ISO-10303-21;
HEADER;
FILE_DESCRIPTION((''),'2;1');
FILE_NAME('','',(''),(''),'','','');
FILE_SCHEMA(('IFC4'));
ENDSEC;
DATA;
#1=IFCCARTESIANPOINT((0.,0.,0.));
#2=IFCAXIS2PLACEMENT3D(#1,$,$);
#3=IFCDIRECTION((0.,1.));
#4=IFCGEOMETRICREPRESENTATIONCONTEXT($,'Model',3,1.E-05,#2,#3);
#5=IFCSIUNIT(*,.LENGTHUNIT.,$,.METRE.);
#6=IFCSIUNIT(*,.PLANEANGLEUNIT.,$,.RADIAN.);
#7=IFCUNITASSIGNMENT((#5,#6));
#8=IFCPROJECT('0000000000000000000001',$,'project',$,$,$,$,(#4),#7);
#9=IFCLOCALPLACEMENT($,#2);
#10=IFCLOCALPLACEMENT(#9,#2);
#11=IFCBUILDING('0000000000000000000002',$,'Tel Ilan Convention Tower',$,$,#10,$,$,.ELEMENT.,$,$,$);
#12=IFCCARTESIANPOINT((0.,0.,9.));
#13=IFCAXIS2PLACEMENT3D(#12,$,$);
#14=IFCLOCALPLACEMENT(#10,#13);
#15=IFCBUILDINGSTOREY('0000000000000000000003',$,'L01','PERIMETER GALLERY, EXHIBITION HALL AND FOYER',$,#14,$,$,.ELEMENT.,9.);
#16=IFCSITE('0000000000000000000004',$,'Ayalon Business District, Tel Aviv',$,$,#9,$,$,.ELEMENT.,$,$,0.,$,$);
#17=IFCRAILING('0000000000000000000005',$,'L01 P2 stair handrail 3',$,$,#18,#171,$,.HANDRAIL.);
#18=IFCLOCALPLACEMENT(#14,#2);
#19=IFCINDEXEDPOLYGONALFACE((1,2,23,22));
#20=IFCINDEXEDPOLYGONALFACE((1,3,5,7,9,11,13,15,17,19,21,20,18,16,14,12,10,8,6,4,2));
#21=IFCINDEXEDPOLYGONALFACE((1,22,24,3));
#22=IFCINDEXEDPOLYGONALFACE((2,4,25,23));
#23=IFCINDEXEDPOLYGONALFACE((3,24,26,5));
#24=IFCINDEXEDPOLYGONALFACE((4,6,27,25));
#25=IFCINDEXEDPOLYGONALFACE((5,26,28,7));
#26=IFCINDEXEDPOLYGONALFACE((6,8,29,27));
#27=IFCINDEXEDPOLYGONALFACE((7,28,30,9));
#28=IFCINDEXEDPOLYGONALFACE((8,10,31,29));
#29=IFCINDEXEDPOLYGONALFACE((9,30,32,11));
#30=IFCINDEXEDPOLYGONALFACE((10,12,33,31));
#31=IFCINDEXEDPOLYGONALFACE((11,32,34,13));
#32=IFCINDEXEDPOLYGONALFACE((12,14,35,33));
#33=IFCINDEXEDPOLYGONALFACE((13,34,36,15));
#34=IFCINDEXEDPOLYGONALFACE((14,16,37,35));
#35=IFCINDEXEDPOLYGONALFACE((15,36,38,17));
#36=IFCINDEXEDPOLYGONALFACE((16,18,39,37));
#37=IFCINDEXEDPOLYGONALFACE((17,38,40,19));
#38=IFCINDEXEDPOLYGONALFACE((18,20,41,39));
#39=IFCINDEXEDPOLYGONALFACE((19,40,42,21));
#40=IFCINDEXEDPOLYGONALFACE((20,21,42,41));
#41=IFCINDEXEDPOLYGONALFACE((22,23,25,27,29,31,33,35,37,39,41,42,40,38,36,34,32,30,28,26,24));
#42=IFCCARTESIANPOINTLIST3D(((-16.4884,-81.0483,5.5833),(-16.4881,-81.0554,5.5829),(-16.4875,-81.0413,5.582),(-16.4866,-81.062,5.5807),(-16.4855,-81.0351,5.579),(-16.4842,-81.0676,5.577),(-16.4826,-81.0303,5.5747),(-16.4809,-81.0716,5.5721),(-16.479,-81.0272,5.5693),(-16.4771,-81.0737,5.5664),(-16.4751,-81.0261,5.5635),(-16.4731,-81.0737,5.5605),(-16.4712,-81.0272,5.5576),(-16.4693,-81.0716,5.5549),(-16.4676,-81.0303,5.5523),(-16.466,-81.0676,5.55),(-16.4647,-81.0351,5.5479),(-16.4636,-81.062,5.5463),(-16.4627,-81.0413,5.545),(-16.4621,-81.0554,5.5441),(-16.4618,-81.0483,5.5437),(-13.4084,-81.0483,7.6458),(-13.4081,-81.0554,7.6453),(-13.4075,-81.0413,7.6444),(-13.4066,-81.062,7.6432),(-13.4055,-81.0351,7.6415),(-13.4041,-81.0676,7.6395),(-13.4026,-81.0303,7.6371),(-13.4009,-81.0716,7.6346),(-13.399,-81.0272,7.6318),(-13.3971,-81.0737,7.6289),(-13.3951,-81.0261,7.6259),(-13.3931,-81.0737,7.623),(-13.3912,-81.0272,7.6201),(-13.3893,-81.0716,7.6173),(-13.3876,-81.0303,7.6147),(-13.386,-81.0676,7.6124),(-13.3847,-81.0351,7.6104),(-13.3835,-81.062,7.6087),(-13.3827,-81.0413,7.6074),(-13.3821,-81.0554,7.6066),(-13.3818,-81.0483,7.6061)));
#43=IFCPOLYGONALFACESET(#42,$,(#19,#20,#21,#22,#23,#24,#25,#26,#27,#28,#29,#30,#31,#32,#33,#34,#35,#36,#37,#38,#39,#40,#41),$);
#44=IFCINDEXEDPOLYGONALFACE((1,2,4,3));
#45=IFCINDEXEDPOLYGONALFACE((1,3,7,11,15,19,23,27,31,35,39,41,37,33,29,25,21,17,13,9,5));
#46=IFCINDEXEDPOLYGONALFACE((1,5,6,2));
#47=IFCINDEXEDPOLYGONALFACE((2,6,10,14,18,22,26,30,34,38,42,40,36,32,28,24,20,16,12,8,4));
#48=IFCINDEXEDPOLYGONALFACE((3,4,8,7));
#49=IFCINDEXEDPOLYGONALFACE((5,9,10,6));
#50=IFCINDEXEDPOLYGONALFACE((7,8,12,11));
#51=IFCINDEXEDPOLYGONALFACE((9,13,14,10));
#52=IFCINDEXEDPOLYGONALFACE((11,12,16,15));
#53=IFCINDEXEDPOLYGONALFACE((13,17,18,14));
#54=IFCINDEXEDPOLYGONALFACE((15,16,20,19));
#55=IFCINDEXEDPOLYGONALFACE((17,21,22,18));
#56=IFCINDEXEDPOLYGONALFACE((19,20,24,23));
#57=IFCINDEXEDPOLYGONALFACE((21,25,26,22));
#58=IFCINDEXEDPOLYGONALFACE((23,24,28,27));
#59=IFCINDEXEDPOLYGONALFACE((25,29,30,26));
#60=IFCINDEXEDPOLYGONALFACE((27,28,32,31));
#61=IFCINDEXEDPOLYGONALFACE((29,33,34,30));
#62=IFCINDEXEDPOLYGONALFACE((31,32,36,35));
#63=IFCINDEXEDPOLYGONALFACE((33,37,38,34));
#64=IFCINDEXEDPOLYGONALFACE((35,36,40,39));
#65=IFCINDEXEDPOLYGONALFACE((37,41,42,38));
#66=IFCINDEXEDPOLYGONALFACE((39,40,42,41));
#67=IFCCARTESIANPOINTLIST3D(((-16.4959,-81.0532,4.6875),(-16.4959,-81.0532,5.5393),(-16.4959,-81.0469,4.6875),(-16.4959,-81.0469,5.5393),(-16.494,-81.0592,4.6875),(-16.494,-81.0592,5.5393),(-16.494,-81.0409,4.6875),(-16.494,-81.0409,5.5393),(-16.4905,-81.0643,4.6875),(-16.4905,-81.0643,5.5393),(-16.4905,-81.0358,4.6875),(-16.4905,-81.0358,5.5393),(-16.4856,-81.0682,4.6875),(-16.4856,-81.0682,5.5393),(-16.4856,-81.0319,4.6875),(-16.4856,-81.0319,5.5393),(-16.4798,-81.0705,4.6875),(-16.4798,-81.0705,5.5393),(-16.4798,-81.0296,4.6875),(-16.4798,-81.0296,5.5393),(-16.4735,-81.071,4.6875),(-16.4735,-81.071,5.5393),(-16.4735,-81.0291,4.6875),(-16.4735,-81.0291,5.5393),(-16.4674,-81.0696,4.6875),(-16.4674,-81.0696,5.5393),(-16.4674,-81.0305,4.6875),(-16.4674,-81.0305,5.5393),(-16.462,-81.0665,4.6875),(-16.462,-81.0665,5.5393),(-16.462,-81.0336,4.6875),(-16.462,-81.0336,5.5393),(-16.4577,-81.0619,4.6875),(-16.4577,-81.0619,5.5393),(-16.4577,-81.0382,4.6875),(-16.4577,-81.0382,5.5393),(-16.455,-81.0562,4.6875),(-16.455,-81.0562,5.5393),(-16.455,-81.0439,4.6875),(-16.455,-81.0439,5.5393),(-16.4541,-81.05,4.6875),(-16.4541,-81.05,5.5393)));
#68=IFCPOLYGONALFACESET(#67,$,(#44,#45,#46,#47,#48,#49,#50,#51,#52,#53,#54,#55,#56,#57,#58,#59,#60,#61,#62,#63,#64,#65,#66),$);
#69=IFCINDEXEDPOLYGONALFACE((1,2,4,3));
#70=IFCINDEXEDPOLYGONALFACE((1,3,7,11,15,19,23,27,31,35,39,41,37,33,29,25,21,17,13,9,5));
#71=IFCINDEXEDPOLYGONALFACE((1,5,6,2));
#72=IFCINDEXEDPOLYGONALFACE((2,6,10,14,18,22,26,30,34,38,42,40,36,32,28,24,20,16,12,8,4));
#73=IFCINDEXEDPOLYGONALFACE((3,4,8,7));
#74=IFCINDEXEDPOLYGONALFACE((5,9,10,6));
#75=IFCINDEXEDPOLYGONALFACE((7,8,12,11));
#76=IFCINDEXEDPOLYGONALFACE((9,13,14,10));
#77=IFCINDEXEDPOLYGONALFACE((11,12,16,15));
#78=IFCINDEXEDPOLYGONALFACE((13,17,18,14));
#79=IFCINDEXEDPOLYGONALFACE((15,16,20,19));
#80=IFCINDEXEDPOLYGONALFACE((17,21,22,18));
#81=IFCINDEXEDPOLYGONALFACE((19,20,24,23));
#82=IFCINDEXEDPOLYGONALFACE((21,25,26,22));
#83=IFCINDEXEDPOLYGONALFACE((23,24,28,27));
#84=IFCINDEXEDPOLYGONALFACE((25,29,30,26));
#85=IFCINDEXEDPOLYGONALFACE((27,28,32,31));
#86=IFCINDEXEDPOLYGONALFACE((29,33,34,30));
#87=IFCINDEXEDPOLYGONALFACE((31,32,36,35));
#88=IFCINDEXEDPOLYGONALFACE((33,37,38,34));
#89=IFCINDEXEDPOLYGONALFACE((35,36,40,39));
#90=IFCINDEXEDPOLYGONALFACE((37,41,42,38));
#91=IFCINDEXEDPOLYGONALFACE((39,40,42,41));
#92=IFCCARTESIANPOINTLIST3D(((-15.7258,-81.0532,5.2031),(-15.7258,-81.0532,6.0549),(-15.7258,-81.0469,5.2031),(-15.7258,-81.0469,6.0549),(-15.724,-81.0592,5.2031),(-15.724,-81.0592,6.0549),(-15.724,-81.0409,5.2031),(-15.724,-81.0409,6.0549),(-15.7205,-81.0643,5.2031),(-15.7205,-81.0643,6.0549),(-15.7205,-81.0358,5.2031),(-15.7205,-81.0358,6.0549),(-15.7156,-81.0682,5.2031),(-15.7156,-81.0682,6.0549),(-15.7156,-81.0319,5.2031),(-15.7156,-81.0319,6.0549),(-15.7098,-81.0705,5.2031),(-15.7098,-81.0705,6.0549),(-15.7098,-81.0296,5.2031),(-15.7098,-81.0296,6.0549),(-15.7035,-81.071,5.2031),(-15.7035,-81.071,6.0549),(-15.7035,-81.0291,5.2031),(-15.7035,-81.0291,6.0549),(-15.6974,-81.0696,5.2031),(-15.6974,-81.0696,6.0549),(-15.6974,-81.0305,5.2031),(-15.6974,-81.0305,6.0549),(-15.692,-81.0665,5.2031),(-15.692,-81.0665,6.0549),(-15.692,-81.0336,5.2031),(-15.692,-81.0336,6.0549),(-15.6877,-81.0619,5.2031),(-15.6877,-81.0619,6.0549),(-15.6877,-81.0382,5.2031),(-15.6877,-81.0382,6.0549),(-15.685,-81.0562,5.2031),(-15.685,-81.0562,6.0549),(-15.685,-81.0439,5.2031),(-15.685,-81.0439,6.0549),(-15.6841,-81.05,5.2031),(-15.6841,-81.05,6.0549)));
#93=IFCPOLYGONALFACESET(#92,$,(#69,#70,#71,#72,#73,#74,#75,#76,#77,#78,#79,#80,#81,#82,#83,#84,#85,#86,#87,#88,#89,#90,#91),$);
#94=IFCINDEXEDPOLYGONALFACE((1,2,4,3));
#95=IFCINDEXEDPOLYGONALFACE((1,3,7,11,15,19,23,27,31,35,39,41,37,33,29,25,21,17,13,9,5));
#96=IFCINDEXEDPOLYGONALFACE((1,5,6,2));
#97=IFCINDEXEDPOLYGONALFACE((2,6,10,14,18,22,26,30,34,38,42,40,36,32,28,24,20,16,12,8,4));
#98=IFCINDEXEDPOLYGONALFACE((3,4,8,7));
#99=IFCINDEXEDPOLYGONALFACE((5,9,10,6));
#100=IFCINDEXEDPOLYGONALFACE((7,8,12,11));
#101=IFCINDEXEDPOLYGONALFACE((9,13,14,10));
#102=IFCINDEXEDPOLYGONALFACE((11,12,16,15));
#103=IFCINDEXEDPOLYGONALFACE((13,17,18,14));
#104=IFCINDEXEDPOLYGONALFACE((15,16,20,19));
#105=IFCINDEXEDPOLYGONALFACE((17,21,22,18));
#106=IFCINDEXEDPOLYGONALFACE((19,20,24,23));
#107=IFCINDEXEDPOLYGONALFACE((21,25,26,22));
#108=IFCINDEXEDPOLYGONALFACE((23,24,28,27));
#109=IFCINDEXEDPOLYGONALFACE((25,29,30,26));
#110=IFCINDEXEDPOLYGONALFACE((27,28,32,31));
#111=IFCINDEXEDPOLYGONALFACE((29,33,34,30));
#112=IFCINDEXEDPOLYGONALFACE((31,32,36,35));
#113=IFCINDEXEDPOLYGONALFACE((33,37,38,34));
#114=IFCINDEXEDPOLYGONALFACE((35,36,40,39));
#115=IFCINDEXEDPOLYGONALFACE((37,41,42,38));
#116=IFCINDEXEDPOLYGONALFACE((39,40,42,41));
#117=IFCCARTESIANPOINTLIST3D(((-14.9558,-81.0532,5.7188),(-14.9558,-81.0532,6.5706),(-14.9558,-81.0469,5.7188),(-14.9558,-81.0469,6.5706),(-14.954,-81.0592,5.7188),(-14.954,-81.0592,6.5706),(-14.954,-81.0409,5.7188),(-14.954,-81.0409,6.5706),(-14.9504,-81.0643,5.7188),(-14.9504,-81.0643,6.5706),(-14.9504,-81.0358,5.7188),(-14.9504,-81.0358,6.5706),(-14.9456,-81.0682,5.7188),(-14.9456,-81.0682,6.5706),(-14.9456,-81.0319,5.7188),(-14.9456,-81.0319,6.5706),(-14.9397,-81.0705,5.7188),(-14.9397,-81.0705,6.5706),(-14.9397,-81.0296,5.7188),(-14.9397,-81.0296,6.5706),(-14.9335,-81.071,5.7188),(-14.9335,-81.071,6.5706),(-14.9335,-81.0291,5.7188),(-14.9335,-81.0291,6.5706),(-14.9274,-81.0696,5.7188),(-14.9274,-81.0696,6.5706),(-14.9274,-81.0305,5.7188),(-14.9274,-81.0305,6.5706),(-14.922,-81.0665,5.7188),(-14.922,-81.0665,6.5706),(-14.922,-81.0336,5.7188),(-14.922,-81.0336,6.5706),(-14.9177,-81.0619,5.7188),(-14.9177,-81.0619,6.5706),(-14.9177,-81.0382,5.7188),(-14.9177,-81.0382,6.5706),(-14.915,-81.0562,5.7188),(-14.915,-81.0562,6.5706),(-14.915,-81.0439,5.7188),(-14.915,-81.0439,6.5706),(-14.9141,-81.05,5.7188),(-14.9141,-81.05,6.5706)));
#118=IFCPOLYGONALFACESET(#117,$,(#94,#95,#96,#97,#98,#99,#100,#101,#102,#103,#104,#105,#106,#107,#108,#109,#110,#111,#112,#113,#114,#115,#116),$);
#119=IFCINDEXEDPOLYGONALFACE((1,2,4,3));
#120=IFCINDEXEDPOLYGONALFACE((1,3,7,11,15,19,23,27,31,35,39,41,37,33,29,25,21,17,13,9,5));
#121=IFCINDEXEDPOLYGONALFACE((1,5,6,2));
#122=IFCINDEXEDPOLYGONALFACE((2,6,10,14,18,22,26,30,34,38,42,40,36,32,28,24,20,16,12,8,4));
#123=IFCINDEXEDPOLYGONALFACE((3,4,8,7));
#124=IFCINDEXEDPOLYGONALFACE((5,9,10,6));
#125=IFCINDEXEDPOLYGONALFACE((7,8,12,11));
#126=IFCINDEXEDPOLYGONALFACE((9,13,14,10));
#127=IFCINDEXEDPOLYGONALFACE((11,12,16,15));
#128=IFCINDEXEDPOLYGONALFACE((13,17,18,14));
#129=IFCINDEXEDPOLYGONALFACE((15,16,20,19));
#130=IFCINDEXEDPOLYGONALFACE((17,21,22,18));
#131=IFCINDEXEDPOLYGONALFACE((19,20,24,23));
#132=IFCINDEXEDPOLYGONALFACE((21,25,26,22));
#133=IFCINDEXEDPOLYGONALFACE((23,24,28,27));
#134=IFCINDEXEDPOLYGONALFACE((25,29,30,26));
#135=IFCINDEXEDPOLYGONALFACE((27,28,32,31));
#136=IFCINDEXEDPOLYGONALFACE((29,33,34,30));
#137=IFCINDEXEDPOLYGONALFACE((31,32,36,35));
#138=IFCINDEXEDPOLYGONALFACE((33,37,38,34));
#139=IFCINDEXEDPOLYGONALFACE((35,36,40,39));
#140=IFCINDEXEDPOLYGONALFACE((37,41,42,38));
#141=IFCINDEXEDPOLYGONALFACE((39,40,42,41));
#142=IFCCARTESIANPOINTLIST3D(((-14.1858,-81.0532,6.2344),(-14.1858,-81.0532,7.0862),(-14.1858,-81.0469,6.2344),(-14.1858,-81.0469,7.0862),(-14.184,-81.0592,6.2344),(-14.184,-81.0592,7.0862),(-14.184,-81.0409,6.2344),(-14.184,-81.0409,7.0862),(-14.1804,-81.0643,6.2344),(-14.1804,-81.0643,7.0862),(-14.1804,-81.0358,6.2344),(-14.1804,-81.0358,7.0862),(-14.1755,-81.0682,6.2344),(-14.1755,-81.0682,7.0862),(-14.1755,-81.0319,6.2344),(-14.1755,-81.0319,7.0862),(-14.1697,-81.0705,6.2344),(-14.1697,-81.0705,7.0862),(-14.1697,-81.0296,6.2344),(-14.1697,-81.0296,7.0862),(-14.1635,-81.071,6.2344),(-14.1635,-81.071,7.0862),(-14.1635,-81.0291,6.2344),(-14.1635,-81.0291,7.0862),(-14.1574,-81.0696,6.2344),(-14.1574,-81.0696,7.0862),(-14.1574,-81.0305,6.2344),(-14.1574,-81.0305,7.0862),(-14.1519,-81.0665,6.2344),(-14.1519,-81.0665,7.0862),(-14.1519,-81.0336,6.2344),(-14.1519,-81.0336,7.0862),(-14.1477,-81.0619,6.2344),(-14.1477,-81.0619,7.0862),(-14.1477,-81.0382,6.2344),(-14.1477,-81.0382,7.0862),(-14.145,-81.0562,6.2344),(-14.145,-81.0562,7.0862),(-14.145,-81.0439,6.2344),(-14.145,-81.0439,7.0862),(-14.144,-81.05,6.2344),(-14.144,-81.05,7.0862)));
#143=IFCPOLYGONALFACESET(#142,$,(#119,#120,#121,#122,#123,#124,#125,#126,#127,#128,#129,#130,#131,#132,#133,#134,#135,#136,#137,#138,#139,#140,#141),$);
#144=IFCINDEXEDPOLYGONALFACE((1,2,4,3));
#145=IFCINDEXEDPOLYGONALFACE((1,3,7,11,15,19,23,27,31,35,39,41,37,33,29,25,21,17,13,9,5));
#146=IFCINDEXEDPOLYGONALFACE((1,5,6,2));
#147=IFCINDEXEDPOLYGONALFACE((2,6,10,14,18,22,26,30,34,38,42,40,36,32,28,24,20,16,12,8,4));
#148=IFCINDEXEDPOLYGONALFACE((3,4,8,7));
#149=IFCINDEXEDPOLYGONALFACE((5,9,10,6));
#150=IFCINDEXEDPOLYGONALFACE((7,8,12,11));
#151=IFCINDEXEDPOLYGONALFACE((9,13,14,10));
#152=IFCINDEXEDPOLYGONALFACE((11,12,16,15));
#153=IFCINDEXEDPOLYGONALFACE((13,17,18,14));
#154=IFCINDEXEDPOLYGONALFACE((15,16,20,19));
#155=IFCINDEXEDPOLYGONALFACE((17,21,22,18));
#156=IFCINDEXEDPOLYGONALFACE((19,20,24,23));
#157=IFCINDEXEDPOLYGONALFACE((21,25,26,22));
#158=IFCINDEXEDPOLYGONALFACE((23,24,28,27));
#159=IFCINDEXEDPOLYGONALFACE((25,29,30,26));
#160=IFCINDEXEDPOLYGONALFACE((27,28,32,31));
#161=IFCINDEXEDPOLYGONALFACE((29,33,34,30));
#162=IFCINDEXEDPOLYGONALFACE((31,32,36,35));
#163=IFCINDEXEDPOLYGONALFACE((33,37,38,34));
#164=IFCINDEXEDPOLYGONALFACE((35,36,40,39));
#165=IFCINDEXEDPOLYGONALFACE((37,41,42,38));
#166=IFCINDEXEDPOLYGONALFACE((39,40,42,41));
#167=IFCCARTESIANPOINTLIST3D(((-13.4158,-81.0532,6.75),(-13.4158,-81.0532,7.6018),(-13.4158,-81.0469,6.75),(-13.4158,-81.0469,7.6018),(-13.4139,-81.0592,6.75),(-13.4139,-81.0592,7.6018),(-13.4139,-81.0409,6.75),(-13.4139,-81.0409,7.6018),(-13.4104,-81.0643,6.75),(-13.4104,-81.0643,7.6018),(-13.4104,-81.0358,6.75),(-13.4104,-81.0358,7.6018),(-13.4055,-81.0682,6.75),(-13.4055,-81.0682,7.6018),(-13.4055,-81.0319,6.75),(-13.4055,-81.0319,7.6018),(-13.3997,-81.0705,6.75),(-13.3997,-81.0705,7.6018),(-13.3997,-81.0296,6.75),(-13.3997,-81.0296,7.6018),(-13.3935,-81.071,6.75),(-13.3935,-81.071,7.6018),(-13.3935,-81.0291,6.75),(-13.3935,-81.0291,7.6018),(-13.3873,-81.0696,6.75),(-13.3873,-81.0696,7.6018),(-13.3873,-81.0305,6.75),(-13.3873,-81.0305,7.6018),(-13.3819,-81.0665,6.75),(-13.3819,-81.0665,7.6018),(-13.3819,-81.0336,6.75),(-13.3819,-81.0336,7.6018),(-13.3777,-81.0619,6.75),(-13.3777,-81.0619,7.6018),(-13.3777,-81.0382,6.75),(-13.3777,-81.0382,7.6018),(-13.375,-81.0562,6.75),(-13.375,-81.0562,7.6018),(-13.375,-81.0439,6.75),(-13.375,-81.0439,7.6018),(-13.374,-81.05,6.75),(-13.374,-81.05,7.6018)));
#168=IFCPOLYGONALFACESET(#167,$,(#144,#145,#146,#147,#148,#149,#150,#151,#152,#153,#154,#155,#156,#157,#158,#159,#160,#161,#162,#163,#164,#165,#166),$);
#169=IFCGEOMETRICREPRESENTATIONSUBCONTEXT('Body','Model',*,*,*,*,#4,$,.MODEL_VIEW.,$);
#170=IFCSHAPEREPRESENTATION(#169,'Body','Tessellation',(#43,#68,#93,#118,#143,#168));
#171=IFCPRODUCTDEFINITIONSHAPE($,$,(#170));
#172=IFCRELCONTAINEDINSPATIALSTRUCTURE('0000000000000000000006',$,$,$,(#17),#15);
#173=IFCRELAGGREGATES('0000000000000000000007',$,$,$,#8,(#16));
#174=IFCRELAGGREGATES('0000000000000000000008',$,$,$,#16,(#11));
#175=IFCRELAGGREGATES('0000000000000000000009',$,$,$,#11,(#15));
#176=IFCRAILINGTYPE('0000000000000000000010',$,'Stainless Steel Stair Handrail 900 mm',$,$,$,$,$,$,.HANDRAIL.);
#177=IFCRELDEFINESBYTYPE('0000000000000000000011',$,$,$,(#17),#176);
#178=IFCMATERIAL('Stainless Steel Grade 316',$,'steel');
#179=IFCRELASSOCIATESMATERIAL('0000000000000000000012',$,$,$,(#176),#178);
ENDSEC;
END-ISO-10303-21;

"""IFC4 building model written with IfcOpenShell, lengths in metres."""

from ifc_helpers import new_model, si_unit, direction, frame, origin, origin_2d, place, context, subcontext, project, spatial, circle, extrude, material, type_object, element, save


model = new_model("IFC4")

# Units and contexts
model_context = context("Model", 3, precision=1e-05, world=origin(), true_north=direction((0.0, 1.0)))
body_context = subcontext(model_context, "Body", "Model", "MODEL_VIEW")
ifc_project = project(units=[si_unit("LENGTHUNIT", "METRE"), si_unit("PLANEANGLEUNIT", "RADIAN")], contexts=[model_context])

# Site, building, storey
site_placement = place(None, origin())
site = spatial("IfcSite", under=ifc_project, at=site_placement, Name="Ayalon Business District, Tel Aviv", CompositionType="ELEMENT", RefElevation=0.0)
building_placement = place(site_placement, origin())
building = spatial("IfcBuilding", under=site, at=building_placement, Name="Tel Ilan Convention Tower", CompositionType="ELEMENT")
storey_placement = place(building_placement, frame((0.0, 0.0, 9.0)))
storey = spatial("IfcBuildingStorey", under=building, at=storey_placement, Name="L01", Description="PERIMETER GALLERY, EXHIBITION HALL AND FOYER", CompositionType="ELEMENT", Elevation=9.0)

# Railing
ifc_material_1 = material(Name="Stainless Steel Grade 316", Category="steel")
railing_type_1 = type_object("IfcRailingType", Name="Stainless Steel Stair Handrail 900 mm", PredefinedType="HANDRAIL", material=ifc_material_1)
for number, where, name in (
    (1, (-16.4751, -81.05, 4.6875), "L01 P2 stair handrail 3"),
):
    element("IfcRailing", number, at=place(storey_placement, frame(where)), inside=storey, type_object=railing_type_1, Name=name, PredefinedType="HANDRAIL", context=body_context, shape_type="SweptSolid", body=[
        extrude(circle(Radius=0.0239, at=origin_2d()), frame((0.0, 0.0, 0.876), z_axis=(0.830914, 0.0, 0.556401), x_axis=(0.0, 1.0, 0.0)), (0.0, 0.0, 1.0), 3.7068),
        extrude(circle(Radius=0.021, at=origin_2d()), origin(), (0.0, 0.0, 1.0), 0.8518),
        extrude(circle(Radius=0.021, at=origin_2d()), frame((0.77, 0.0, 0.5156)), (0.0, 0.0, 1.0), 0.8518),
        extrude(circle(Radius=0.021, at=origin_2d()), frame((1.54, 0.0, 1.0312)), (0.0, 0.0, 1.0), 0.8518),
        extrude(circle(Radius=0.021, at=origin_2d()), frame((2.3101, 0.0, 1.5469)), (0.0, 0.0, 1.0), 0.8518),
        extrude(circle(Radius=0.021, at=origin_2d()), frame((3.0801, 0.0, 2.0625)), (0.0, 0.0, 1.0), 0.8518),
    ])

save(model, "model.ifc")
